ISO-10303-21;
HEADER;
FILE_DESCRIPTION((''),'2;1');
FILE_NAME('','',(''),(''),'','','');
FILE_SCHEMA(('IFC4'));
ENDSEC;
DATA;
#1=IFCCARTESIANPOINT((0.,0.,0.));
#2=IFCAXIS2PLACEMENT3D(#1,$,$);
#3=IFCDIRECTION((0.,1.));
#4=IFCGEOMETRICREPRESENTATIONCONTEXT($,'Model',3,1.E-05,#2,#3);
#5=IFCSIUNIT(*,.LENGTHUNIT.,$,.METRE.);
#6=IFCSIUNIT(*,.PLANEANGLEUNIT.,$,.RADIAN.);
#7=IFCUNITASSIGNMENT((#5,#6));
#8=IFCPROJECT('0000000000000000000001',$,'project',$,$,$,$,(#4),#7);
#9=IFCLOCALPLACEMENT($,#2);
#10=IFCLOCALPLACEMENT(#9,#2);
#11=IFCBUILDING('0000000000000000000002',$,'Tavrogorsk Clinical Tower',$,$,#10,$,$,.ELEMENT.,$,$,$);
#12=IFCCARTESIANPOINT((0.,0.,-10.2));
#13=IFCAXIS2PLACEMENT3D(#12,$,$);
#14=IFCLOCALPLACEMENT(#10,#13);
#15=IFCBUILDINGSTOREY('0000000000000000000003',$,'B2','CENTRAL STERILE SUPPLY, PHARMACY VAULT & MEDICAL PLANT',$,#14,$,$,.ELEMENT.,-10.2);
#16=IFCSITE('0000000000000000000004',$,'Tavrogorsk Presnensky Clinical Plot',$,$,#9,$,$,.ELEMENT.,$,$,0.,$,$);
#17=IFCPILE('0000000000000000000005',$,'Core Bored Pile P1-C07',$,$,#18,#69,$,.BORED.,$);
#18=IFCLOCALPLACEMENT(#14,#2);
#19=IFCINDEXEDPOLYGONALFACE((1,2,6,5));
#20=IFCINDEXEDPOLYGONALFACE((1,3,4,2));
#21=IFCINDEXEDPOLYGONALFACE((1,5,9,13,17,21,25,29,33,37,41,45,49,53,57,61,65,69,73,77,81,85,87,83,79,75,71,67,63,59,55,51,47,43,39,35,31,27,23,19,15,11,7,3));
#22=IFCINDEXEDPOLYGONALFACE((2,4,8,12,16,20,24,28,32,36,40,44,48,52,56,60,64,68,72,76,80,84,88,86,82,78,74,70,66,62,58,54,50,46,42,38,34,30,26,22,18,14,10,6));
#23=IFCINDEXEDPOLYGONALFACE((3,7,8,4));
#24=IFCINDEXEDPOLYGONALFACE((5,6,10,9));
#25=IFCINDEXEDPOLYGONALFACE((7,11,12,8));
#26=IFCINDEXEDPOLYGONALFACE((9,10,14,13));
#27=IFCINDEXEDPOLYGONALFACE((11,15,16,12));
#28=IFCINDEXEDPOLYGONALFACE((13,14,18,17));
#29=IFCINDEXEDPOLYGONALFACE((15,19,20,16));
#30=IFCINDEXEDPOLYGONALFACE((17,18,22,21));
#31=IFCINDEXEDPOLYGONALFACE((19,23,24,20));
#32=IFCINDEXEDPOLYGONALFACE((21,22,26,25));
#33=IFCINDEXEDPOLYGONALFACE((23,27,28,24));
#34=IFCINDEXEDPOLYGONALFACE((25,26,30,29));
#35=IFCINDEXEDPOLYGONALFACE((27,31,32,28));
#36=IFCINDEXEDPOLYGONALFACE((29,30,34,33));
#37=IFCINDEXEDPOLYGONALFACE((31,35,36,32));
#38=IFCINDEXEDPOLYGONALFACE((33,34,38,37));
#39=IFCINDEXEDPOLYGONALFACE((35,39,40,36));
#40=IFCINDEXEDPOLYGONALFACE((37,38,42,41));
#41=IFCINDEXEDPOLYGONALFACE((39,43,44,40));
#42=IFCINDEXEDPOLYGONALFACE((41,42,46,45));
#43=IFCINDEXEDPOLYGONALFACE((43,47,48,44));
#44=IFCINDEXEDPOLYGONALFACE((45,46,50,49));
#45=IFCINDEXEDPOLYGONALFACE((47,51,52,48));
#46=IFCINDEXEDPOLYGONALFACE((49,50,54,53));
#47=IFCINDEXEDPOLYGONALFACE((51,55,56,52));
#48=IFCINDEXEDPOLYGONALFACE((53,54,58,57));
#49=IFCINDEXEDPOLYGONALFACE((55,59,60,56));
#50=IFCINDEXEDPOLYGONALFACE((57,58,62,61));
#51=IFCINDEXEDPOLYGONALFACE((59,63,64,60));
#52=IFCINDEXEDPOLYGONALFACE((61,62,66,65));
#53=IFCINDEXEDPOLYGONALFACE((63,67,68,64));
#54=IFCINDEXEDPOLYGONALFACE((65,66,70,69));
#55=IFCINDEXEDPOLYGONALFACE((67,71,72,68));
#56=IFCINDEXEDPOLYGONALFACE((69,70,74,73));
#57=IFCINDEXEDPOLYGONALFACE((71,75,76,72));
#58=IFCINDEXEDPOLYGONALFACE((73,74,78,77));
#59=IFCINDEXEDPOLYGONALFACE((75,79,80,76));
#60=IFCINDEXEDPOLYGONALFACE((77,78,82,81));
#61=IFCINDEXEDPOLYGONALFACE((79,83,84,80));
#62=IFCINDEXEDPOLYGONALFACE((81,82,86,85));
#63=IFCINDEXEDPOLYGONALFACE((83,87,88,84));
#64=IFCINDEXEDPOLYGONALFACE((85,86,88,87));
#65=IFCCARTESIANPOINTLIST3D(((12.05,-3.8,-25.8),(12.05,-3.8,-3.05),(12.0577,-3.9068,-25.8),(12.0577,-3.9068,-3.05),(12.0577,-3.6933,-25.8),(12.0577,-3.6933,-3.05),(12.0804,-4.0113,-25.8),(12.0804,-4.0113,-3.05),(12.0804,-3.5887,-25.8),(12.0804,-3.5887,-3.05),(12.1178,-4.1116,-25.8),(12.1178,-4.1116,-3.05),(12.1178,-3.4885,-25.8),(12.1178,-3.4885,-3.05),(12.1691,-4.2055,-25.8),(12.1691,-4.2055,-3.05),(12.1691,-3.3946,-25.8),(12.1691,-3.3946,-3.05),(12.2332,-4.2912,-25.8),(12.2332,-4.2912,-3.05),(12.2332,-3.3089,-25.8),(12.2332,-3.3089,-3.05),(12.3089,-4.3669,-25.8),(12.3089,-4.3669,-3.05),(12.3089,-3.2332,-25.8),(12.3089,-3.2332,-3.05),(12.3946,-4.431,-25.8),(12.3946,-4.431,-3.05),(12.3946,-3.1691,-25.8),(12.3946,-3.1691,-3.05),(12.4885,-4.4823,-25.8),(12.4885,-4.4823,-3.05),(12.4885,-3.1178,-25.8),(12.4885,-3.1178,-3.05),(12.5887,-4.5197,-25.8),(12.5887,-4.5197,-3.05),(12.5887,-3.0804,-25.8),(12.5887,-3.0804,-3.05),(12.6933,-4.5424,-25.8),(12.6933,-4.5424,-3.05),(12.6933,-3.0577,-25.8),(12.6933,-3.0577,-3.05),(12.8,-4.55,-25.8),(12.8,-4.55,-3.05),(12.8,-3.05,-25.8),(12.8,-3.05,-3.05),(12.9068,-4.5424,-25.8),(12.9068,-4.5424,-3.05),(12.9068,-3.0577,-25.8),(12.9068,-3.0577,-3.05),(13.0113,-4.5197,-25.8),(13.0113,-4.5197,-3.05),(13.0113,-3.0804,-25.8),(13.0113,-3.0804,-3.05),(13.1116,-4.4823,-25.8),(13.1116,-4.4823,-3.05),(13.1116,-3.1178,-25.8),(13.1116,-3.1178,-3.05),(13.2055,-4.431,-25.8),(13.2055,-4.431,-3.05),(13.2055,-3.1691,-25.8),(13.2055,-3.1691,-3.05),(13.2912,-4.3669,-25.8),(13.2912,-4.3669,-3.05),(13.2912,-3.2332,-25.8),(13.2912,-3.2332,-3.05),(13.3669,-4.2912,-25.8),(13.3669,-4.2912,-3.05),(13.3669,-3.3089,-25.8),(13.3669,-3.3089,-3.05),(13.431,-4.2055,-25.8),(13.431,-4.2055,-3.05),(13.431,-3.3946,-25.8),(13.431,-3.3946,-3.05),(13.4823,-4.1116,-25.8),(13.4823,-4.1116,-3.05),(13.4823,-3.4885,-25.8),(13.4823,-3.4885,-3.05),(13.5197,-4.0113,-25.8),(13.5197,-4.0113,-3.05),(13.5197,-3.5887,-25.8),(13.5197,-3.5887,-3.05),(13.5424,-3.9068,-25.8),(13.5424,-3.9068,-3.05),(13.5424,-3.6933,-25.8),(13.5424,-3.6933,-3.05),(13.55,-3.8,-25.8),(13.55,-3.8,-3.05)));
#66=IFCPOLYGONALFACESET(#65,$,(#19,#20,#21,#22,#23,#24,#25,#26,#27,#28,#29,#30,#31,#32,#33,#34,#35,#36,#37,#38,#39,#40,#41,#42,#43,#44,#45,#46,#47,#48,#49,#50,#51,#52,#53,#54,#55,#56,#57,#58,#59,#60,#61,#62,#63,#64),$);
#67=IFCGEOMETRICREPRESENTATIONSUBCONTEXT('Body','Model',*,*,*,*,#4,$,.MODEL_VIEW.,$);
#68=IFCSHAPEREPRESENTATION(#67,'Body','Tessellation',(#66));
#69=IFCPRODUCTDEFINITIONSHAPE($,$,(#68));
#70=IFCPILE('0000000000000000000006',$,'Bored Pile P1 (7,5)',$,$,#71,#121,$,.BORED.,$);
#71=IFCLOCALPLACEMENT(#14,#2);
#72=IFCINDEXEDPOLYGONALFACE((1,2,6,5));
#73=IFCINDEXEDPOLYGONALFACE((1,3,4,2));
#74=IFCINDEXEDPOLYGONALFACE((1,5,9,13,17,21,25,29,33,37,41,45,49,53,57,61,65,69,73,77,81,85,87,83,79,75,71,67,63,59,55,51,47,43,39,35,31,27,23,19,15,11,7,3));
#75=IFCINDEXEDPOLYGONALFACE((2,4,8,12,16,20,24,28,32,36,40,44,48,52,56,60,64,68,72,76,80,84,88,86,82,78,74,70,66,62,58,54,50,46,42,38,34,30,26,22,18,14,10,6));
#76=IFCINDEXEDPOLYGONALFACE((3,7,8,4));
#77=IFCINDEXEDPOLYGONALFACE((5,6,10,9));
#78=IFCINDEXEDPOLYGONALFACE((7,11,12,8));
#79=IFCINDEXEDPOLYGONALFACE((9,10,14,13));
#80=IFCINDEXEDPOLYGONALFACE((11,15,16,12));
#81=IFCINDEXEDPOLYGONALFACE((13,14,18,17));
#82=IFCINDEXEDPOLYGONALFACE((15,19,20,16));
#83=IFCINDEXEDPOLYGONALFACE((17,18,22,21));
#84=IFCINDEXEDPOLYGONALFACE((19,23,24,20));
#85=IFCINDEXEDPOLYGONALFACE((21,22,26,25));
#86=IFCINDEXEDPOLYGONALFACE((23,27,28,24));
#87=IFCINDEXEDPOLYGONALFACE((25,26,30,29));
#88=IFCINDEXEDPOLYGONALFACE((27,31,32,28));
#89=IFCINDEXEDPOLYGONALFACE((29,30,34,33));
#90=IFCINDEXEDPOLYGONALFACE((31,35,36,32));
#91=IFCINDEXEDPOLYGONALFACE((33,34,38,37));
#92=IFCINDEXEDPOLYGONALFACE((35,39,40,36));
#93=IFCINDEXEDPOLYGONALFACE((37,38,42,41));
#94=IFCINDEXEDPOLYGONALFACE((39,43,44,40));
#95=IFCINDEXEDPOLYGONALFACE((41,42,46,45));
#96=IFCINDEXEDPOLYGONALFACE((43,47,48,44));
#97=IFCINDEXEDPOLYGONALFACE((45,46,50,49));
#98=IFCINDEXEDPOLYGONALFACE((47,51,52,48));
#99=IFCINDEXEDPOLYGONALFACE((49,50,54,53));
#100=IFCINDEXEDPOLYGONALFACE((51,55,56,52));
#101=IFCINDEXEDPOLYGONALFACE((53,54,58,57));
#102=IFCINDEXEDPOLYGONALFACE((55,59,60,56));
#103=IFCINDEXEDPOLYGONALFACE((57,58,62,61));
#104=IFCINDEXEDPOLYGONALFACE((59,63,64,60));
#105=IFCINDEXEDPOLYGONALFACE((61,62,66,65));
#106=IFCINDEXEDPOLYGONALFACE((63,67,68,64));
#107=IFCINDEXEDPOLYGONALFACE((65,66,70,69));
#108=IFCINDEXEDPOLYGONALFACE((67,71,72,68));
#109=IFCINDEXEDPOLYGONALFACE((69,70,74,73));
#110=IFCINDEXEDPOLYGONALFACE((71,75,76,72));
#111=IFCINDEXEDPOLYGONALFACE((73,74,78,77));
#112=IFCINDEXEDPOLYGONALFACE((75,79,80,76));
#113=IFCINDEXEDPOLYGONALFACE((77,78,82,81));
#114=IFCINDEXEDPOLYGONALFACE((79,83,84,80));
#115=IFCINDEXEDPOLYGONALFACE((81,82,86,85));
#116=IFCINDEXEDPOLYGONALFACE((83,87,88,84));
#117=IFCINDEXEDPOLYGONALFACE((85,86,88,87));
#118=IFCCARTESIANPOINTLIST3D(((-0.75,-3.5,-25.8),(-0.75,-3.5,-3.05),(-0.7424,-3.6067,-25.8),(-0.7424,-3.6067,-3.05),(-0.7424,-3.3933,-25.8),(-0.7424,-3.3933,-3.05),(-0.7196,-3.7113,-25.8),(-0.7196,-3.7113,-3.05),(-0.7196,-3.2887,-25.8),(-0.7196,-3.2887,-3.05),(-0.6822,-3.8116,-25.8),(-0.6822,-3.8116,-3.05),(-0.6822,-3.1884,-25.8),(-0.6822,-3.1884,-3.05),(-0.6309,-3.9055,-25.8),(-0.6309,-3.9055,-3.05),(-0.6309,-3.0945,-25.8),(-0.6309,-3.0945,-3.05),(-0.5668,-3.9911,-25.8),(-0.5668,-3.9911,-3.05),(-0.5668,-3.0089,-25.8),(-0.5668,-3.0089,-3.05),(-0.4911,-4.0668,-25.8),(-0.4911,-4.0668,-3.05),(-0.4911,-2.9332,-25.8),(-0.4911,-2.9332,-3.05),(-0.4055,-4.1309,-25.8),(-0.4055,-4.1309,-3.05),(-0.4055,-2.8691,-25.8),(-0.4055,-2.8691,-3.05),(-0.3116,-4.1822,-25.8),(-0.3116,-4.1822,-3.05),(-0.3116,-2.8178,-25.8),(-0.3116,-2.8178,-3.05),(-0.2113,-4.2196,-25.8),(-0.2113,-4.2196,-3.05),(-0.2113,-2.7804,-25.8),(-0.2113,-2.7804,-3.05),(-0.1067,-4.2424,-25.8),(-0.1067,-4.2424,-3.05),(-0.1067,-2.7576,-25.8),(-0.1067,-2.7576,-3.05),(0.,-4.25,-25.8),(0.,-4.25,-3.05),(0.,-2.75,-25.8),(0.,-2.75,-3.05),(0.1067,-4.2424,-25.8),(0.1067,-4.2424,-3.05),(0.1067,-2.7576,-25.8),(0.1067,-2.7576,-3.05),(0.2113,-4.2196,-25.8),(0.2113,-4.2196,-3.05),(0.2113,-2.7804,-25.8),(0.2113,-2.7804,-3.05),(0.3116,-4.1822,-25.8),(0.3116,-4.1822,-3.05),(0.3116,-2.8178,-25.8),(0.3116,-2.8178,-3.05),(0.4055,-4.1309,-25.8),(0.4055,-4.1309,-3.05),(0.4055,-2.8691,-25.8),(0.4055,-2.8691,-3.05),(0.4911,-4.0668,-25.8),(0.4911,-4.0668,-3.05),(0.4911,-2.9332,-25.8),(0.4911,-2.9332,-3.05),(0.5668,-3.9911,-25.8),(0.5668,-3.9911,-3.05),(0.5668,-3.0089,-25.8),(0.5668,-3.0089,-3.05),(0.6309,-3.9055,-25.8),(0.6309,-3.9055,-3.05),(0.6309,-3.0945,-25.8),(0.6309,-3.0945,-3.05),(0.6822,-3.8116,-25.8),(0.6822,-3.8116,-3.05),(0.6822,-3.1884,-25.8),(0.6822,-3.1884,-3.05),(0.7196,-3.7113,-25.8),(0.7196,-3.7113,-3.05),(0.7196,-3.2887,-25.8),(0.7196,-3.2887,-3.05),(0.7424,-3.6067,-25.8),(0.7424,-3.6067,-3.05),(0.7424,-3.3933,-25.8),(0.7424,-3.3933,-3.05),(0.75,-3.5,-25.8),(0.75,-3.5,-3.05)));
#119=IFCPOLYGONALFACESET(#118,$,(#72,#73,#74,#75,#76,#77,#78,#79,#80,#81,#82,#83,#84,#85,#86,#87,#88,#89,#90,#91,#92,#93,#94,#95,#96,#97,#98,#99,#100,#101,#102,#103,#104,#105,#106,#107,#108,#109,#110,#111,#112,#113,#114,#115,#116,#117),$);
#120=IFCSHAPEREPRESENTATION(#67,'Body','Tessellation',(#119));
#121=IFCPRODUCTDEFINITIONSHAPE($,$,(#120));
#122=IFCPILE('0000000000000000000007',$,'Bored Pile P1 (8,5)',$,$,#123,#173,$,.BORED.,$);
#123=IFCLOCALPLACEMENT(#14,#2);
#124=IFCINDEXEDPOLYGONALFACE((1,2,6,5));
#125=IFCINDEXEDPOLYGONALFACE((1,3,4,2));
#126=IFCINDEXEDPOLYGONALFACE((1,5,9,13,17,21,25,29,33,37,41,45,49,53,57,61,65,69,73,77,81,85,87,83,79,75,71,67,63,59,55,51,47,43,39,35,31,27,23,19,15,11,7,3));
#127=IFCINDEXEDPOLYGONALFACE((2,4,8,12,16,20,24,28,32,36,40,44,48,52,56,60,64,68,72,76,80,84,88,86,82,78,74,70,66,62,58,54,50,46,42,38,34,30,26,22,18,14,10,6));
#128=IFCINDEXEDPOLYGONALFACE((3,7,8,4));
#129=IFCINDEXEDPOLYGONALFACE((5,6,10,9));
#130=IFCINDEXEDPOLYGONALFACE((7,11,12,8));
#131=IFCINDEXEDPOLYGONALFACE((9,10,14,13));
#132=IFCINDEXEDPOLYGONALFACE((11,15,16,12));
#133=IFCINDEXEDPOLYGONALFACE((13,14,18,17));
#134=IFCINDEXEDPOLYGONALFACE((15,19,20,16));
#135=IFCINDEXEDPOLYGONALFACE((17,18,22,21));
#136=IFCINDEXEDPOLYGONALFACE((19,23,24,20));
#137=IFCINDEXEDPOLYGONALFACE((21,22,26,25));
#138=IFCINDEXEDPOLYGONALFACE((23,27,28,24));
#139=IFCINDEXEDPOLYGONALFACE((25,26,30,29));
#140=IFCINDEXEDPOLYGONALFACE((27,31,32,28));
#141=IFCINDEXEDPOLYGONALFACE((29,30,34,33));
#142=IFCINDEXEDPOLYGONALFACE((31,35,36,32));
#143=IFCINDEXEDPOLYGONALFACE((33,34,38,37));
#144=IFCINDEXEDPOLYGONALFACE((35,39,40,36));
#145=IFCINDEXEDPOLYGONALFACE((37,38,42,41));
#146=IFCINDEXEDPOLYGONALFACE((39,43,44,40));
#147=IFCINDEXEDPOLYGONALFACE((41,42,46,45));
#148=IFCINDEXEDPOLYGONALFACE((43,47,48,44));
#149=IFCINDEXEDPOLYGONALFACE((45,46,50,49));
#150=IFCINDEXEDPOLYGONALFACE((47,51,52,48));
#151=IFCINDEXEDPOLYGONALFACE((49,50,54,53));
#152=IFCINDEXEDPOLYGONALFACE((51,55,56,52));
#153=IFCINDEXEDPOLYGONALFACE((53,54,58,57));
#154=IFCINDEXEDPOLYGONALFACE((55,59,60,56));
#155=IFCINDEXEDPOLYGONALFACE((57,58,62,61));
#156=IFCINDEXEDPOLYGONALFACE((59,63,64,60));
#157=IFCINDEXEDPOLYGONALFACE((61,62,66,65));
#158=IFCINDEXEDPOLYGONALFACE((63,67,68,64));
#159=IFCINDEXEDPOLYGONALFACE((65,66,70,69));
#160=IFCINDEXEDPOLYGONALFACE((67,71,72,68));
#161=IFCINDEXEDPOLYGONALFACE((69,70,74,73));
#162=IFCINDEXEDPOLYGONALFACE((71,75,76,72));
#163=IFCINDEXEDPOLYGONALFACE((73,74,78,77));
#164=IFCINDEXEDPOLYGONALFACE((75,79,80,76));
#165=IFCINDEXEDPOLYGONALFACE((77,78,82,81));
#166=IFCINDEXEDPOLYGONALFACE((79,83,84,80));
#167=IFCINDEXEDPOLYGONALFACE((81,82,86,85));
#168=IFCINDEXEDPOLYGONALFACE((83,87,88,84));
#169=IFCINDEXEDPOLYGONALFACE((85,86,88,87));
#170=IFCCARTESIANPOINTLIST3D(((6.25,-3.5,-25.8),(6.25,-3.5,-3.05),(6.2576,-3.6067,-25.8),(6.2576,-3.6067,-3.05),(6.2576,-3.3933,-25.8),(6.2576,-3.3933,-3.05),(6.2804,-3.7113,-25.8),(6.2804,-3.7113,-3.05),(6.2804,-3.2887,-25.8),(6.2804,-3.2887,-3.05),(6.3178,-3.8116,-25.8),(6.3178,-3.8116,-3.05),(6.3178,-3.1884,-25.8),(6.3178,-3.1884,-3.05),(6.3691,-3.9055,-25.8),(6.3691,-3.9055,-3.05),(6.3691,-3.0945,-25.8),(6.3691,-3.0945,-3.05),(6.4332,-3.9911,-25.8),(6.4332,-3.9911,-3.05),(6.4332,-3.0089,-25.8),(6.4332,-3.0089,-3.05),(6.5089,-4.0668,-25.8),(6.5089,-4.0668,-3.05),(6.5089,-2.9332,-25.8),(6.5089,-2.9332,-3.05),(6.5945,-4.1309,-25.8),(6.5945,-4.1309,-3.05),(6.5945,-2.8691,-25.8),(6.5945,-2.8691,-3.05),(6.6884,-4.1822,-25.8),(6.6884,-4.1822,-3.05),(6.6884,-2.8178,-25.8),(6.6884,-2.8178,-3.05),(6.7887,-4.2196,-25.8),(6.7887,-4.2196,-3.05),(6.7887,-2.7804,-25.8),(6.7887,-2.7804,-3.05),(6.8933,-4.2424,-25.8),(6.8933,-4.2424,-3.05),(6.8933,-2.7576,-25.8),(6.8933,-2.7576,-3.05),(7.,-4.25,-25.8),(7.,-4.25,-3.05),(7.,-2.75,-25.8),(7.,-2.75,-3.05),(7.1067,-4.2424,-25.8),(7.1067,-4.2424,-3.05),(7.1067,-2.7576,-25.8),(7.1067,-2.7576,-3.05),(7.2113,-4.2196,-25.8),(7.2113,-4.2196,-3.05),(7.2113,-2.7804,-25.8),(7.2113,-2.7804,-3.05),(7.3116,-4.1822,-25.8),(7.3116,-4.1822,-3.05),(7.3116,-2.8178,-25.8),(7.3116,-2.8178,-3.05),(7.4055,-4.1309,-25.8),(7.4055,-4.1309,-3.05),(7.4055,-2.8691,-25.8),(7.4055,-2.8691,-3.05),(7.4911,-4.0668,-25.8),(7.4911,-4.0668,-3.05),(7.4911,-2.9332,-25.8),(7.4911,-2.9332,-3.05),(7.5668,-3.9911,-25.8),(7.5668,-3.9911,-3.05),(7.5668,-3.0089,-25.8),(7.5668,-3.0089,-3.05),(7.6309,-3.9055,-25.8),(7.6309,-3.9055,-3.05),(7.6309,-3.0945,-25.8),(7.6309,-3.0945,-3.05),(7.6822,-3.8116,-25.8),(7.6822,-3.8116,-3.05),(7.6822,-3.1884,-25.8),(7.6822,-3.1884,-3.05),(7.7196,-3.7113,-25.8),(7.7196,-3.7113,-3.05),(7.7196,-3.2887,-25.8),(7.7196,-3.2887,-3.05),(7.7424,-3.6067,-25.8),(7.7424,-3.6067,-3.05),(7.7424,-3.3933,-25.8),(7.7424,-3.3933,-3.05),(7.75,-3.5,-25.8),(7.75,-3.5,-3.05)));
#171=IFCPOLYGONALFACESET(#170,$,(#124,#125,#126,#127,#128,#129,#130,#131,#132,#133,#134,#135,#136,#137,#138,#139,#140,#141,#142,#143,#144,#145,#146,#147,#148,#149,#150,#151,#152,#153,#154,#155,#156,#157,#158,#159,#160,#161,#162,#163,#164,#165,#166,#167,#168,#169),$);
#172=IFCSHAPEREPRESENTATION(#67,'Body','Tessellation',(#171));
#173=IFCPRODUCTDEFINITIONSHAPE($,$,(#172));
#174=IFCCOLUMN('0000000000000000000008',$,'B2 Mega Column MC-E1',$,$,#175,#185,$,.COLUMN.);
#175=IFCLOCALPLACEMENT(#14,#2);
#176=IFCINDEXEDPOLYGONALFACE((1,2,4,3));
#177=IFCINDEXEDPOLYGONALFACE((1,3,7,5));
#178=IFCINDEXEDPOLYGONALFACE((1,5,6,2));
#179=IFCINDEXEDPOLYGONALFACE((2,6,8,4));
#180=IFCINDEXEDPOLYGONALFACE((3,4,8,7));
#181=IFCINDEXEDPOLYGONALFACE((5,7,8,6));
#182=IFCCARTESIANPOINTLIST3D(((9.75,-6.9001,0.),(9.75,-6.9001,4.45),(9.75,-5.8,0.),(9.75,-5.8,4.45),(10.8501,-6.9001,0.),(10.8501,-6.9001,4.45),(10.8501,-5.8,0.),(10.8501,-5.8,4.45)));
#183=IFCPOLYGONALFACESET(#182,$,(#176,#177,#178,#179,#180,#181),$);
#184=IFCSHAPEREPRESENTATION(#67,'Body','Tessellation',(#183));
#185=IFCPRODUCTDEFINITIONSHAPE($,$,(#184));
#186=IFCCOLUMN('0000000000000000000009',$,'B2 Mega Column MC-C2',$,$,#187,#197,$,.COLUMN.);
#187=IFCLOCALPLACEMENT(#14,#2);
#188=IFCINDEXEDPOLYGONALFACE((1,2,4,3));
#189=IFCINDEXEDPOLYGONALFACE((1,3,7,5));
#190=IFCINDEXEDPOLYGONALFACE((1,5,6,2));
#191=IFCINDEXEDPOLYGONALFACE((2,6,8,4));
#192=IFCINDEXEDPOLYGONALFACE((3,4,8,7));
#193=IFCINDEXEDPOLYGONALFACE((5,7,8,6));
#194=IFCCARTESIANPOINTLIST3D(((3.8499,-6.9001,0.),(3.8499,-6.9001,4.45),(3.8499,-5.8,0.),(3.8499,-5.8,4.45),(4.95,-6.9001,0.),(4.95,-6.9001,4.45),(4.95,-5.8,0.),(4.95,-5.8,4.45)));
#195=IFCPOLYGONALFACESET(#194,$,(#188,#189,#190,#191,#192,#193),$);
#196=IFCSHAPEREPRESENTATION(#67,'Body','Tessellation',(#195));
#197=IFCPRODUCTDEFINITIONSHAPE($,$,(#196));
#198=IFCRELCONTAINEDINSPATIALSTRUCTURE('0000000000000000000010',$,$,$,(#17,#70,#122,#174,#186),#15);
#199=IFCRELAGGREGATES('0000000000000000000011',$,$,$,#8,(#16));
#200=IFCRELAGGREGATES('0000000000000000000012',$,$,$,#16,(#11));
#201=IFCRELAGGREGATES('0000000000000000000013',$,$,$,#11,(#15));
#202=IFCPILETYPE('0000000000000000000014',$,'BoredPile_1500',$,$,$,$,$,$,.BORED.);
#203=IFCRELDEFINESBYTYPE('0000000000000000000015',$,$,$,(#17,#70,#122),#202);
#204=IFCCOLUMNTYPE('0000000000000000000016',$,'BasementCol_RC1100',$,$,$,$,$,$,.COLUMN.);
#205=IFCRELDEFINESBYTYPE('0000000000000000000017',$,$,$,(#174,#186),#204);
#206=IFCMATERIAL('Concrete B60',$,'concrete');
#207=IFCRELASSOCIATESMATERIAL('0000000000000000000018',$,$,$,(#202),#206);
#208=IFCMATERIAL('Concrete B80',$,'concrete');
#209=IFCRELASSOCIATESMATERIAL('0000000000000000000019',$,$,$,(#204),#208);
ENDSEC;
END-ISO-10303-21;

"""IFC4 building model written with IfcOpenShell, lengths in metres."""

from ifc_helpers import new_model, si_unit, direction, frame, origin, origin_2d, place, context, subcontext, project, spatial, rectangle, circle, extrude, material, material_profile, profile_set, type_object, element, save


model = new_model("IFC4")

# Units and contexts
model_context = context("Model", 3, precision=1e-05, world=origin(), true_north=direction((0.0, 1.0)))
body_context = subcontext(model_context, "Body", "Model", "MODEL_VIEW")
ifc_project = project(units=[si_unit("LENGTHUNIT", "METRE"), si_unit("PLANEANGLEUNIT", "RADIAN")], contexts=[model_context])

# Site, building, storey
site_placement = place(None, origin())
site = spatial("IfcSite", under=ifc_project, at=site_placement, Name="Tavrogorsk Presnensky Clinical Plot", CompositionType="ELEMENT", RefElevation=0.0)
building_placement = place(site_placement, origin())
building = spatial("IfcBuilding", under=site, at=building_placement, Name="Tavrogorsk Clinical Tower", CompositionType="ELEMENT")
storey_placement = place(building_placement, frame((0.0, 0.0, -10.2)))
storey = spatial("IfcBuildingStorey", under=building, at=storey_placement, Name="B2", Description="CENTRAL STERILE SUPPLY, PHARMACY VAULT & MEDICAL PLANT", CompositionType="ELEMENT", Elevation=-10.2)

# Piles
ifc_material_1 = material(Name="Concrete B60", Category="concrete")
ifc_material_profile_1 = material_profile(ifc_material_1, circle(Radius=0.75, at=origin_2d()), Name="BORED-PILE-1500")
ifc_profile_set_1 = profile_set([ifc_material_profile_1], Name="Concrete B60")
pile_type = type_object("IfcPileType", Name="BoredPile_1500", PredefinedType="BORED", material=ifc_profile_set_1)
for number, where, z_axis, x_axis, name in (
    (1, (12.8, -3.8, -3.05), (0.0, 0.0, -1.0), (1.0, 0.0, 0.0), "Core Bored Pile P1-C07"),
    (2, (0.0, -3.5, -3.05), (0.0, 0.0, -1.0), (1.0, 0.0, 0.0), "Bored Pile P1 (7,5)"),
    (3, (7.0, -3.5, -3.05), (0.0, 0.0, -1.0), (1.0, 0.0, 0.0), "Bored Pile P1 (8,5)"),
):
    element("IfcPile", number, at=place(storey_placement, frame(where, z_axis=z_axis, x_axis=x_axis)), inside=storey, type_object=pile_type, Name=name, PredefinedType="BORED", context=body_context, shape_type="SweptSolid", body=[
        extrude(circle(Radius=0.75, at=origin_2d()), origin(), (0.0, 0.0, 1.0), 22.75),
    ])

# Columns
ifc_material_2 = material(Name="Concrete B80", Category="concrete")
ifc_material_profile_2 = material_profile(ifc_material_2, rectangle(XDim=1.1001, YDim=1.1001, at=origin_2d()), Name="RC-COL-1100x1100")
ifc_profile_set_2 = profile_set([ifc_material_profile_2], Name="Concrete B80")
column_type = type_object("IfcColumnType", Name="BasementCol_RC1100", PredefinedType="COLUMN", material=ifc_profile_set_2)
for number, where, z_axis, x_axis, name in (
    (4, (10.3, -6.3501, 0.0), (0.0, 0.0, 1.0), (1.0, 0.0, 0.0), "B2 Mega Column MC-E1"),
    (5, (4.3999, -6.3501, 0.0), (0.0, 0.0, 1.0), (1.0, 0.0, 0.0), "B2 Mega Column MC-C2"),
):
    element("IfcColumn", number, at=place(storey_placement, frame(where, z_axis=z_axis, x_axis=x_axis)), inside=storey, type_object=column_type, Name=name, PredefinedType="COLUMN", context=body_context, shape_type="SweptSolid", body=[
        extrude(rectangle(XDim=1.1001, YDim=1.1001, at=origin_2d()), origin(), (0.0, 0.0, 1.0), 4.45),
    ])

save(model, "model.ifc")
